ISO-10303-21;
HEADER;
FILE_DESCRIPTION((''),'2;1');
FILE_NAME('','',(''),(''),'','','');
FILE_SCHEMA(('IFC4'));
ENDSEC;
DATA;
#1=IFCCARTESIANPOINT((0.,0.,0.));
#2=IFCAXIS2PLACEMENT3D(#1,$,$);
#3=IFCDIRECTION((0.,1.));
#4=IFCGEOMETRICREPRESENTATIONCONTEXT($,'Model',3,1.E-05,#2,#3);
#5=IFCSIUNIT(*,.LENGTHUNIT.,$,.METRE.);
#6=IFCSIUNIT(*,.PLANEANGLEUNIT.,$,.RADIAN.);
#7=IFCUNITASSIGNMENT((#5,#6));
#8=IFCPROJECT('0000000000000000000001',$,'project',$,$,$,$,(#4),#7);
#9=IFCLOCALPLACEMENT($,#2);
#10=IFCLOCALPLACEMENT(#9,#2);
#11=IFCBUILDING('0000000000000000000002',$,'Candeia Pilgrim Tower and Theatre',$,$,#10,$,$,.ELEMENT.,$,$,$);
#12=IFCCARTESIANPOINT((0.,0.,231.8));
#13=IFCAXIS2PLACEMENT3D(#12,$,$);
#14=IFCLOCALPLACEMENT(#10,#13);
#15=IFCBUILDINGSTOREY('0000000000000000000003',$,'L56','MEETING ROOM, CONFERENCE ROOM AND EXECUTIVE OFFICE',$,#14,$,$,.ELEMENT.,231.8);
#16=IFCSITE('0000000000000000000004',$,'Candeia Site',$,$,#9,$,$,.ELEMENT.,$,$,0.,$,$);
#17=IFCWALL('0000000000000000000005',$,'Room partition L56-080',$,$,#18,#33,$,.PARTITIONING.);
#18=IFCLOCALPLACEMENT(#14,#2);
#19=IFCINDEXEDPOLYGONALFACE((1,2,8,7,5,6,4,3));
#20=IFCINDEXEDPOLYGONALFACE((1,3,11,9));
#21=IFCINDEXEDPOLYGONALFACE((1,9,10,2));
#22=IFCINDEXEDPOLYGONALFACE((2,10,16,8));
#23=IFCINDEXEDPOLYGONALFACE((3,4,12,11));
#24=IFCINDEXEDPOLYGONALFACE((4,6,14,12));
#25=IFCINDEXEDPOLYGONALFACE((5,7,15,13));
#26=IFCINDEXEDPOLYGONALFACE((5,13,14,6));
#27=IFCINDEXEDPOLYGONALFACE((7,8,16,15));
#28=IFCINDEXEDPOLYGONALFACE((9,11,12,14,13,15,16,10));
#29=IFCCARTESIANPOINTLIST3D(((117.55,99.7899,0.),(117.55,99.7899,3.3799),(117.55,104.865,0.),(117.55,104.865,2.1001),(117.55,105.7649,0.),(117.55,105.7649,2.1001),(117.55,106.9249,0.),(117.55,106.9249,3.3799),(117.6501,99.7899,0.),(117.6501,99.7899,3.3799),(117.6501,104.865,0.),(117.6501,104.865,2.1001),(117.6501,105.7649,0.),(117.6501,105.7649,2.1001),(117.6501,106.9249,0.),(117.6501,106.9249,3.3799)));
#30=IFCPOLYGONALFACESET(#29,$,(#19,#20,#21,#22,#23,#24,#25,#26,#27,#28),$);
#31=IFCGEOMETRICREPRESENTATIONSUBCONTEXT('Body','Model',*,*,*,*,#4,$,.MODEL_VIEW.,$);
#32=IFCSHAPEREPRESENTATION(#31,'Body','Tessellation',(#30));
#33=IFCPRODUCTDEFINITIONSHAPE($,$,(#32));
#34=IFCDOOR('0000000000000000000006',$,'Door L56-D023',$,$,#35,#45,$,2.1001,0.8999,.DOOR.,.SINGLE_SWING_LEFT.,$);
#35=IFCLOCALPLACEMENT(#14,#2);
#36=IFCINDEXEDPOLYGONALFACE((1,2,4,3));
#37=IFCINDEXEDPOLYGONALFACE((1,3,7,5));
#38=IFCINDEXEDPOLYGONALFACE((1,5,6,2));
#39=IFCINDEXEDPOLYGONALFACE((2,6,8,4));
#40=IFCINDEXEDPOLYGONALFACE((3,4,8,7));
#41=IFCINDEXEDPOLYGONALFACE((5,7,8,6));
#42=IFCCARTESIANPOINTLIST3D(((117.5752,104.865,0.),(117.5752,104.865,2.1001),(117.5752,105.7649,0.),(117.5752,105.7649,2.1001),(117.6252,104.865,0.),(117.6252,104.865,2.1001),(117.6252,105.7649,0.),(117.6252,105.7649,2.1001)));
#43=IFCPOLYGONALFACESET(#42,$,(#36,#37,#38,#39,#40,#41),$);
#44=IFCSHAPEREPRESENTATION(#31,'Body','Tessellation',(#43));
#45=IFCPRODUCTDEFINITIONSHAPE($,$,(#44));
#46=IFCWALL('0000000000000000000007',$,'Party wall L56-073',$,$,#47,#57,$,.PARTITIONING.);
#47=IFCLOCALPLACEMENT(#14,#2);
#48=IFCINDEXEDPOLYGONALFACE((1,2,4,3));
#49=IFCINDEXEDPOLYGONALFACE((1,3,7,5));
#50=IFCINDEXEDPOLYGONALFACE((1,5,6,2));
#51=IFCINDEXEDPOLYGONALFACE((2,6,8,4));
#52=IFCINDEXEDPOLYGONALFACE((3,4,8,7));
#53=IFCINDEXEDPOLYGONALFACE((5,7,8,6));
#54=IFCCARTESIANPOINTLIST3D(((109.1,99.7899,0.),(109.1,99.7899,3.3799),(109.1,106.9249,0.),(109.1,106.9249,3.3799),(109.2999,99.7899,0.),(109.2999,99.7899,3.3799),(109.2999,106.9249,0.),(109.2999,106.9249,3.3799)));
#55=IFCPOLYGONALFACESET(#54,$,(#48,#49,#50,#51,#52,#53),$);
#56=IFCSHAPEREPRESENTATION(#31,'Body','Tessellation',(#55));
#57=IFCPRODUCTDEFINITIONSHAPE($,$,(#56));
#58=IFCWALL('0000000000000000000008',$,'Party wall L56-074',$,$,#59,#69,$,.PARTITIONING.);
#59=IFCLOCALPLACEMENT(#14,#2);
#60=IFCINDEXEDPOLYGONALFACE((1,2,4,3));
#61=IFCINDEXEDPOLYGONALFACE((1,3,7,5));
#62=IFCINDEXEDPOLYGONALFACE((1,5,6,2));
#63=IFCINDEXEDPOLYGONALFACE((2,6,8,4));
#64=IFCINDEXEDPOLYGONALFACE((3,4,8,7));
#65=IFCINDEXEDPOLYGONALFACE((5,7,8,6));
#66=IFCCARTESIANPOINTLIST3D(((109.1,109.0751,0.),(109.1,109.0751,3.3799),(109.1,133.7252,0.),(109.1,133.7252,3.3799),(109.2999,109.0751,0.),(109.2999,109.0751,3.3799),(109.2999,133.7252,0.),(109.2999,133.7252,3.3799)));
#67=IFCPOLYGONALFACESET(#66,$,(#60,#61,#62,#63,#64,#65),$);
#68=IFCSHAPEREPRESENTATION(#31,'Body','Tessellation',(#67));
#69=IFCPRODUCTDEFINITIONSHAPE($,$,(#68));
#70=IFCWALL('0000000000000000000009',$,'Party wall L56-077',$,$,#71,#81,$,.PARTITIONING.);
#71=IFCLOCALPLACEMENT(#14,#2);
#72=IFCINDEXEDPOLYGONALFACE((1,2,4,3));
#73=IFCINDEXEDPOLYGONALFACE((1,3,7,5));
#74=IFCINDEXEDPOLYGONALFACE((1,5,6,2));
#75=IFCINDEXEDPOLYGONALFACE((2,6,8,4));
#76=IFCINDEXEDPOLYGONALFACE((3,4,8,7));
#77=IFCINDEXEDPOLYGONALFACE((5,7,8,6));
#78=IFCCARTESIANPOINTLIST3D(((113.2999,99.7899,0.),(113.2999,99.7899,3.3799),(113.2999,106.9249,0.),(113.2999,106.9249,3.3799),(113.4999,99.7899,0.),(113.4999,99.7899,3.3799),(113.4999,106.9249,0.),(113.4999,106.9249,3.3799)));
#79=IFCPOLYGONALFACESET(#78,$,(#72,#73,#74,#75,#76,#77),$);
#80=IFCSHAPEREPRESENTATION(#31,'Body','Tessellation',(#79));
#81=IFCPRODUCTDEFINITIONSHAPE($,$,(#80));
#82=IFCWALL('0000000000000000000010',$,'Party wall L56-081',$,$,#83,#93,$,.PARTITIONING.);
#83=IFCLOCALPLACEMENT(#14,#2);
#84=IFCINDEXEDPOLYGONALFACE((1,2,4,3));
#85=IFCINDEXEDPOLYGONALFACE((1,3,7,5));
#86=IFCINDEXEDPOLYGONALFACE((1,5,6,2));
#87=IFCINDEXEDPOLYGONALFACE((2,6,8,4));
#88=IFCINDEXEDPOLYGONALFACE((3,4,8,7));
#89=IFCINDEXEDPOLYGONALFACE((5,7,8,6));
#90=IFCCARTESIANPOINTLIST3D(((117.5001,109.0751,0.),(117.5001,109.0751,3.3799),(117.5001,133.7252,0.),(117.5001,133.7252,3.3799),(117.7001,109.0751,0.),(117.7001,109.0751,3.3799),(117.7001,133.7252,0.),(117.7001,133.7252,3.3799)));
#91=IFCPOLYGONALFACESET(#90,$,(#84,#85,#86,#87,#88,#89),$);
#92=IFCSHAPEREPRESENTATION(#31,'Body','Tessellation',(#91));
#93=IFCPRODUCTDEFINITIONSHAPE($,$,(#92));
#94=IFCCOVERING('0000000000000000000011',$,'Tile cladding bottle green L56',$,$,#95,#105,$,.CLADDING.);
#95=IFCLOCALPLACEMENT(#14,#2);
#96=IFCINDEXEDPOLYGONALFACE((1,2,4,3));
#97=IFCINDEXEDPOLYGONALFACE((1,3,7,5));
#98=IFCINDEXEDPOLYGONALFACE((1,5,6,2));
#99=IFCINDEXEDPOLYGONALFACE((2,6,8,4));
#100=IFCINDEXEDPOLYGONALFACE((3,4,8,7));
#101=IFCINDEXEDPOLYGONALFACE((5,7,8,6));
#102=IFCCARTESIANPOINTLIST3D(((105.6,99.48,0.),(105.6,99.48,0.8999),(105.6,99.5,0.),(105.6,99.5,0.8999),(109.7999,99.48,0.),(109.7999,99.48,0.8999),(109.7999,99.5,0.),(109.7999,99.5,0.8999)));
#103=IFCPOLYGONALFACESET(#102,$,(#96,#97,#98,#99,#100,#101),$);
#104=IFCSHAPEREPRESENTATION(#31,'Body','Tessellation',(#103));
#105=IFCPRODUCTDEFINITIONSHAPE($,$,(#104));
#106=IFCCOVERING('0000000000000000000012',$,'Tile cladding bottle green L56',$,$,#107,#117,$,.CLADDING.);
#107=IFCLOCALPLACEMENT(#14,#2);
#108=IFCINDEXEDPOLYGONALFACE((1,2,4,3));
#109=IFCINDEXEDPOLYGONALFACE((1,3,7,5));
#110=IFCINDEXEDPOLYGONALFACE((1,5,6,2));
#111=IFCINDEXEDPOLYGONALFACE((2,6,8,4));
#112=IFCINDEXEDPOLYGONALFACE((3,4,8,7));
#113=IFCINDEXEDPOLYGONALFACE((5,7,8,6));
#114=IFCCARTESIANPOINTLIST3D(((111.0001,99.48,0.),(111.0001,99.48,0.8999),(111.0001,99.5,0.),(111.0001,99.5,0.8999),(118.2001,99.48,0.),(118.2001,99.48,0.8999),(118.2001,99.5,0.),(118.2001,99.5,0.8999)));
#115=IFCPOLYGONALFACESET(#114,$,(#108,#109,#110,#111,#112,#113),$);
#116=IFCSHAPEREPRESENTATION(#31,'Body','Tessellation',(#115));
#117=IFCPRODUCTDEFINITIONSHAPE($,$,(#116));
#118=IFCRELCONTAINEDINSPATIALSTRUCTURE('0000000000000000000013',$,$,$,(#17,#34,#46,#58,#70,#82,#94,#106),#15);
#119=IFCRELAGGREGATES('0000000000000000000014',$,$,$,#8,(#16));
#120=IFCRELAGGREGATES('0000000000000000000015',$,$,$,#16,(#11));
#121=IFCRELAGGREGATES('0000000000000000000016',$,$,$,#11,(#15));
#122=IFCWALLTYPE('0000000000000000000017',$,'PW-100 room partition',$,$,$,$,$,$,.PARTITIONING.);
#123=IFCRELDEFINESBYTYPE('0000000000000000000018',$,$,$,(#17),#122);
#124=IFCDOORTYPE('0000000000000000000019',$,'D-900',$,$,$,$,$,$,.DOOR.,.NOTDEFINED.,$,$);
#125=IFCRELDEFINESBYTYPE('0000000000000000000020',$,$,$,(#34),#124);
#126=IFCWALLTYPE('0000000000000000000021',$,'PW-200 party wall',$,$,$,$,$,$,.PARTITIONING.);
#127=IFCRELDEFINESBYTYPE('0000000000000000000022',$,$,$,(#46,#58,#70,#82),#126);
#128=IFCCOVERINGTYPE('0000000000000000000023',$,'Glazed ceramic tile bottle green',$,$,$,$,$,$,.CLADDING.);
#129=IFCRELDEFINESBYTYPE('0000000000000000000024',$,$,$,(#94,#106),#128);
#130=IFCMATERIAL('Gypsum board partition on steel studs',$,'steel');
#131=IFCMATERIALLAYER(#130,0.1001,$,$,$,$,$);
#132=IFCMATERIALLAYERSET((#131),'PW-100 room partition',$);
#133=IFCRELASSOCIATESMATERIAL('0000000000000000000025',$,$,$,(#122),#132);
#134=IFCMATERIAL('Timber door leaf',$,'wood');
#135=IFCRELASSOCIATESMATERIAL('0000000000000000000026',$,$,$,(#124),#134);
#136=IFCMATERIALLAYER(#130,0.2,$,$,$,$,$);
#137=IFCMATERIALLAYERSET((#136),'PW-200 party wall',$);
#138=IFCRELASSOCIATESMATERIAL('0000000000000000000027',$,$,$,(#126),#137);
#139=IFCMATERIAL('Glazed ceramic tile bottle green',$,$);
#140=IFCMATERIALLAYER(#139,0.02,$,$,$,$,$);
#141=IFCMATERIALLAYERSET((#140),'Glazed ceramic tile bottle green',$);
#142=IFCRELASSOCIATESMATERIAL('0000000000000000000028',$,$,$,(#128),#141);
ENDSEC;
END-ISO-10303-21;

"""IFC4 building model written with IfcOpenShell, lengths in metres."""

from ifc_helpers import new_model, si_unit, direction, frame, frame_2d, origin, origin_2d, place, context, subcontext, project, spatial, rectangle, extrude, material, layer, layer_set, type_object, element, fill, save


model = new_model("IFC4")

# Units and contexts
model_context = context("Model", 3, precision=1e-05, world=origin(), true_north=direction((0.0, 1.0)))
body_context = subcontext(model_context, "Body", "Model", "MODEL_VIEW")
ifc_project = project(units=[si_unit("LENGTHUNIT", "METRE"), si_unit("PLANEANGLEUNIT", "RADIAN")], contexts=[model_context])

# Site, building, storey
site_placement = place(None, origin())
site = spatial("IfcSite", under=ifc_project, at=site_placement, Name="Candeia Site", CompositionType="ELEMENT", RefElevation=0.0)
building_placement = place(site_placement, origin())
building = spatial("IfcBuilding", under=site, at=building_placement, Name="Candeia Pilgrim Tower and Theatre", CompositionType="ELEMENT")
storey_placement = place(building_placement, frame((0.0, 0.0, 231.8)))
storey = spatial("IfcBuildingStorey", under=building, at=storey_placement, Name="L56", Description="MEETING ROOM, CONFERENCE ROOM AND EXECUTIVE OFFICE", CompositionType="ELEMENT", Elevation=231.8)

# Shared definitions
ifc_material_1 = material(Name="Gypsum board partition on steel studs", Category="steel")
ifc_layer_1 = layer(ifc_material_1, 0.1001)
ifc_layer_set_1 = layer_set([ifc_layer_1], Name="PW-100 room partition")
wall_type_1 = type_object("IfcWallType", Name="PW-100 room partition", PredefinedType="PARTITIONING", material=ifc_layer_set_1)

# Wall, opening, door
ifc_material_2 = material(Name="Timber door leaf", Category="wood")
door_type_1 = type_object("IfcDoorType", Name="D-900", OperationType="NOTDEFINED", PredefinedType="DOOR", material=ifc_material_2)
wall_1_placement = place(storey_placement, frame((117.6001, 99.79, 0.0), z_axis=(0.0, 0.0, 1.0), x_axis=(0.0, 1.0, 0.0)))
wall_1 = element("IfcWall", 1, at=wall_1_placement, inside=storey, type_object=wall_type_1, Name="Room partition L56-080", PredefinedType="PARTITIONING", context=body_context, shape_type="SweptSolid", body=[
    extrude(rectangle(XDim=7.135, YDim=0.1001, at=frame_2d((3.5674, 0.0))), origin(), (0.0, 0.0, 1.0), 3.3799),
])
opening_1_placement = place(wall_1_placement, frame((5.075, 0.0, 0.0)))
opening_1 = element("IfcOpeningElement", 2, at=opening_1_placement, cuts=wall_1, PredefinedType="OPENING", context=body_context, shape_type="SweptSolid", body=[
    extrude(rectangle(XDim=0.8999, YDim=2.1001, at=frame_2d((0.45, 1.05))), frame((0.0, 0.0601, 0.0), z_axis=(0.0, -1.0, 0.0), x_axis=(1.0, 0.0, 0.0)), (0.0, 0.0, 1.0), 0.1201),
])
door_1_placement = place(opening_1_placement, origin())
door_1 = element("IfcDoor", 3, at=door_1_placement, inside=storey, type_object=door_type_1, Name="Door L56-D023", OperationType="SINGLE_SWING_LEFT", OverallHeight=2.1001, OverallWidth=0.8999, PredefinedType="DOOR", context=body_context, shape_type="SweptSolid", body=[
    extrude(rectangle(XDim=0.8999, YDim=2.1001, at=frame_2d((0.45, 1.05))), frame((0.0, 0.0249, 0.0), z_axis=(0.0, -1.0, 0.0), x_axis=(1.0, 0.0, 0.0)), (0.0, 0.0, 1.0), 0.05),
])
fill(opening_1, door_1)

# Walls
ifc_layer_2 = layer(ifc_material_1, 0.2)
ifc_layer_set_2 = layer_set([ifc_layer_2], Name="PW-200 party wall")
wall_type_2 = type_object("IfcWallType", Name="PW-200 party wall", PredefinedType="PARTITIONING", material=ifc_layer_set_2)
wall_2_placement = place(storey_placement, frame((109.2, 99.79, 0.0), z_axis=(0.0, 0.0, 1.0), x_axis=(0.0, 1.0, 0.0)))
element("IfcWall", 4, at=wall_2_placement, inside=storey, type_object=wall_type_2, Name="Party wall L56-073", PredefinedType="PARTITIONING", context=body_context, shape_type="SweptSolid", body=[
    extrude(rectangle(XDim=7.135, YDim=0.2, at=frame_2d((3.5674, 0.0))), origin(), (0.0, 0.0, 1.0), 3.3799),
])
wall_3_placement = place(storey_placement, frame((109.2, 109.075, 0.0), z_axis=(0.0, 0.0, 1.0), x_axis=(0.0, 1.0, 0.0)))
element("IfcWall", 5, at=wall_3_placement, inside=storey, type_object=wall_type_2, Name="Party wall L56-074", PredefinedType="PARTITIONING", context=body_context, shape_type="SweptSolid", body=[
    extrude(rectangle(XDim=24.6501, YDim=0.2, at=frame_2d((12.3252, 0.0))), origin(), (0.0, 0.0, 1.0), 3.3799),
])
wall_4_placement = place(storey_placement, frame((113.3999, 99.79, 0.0), z_axis=(0.0, 0.0, 1.0), x_axis=(0.0, 1.0, 0.0)))
element("IfcWall", 6, at=wall_4_placement, inside=storey, type_object=wall_type_2, Name="Party wall L56-077", PredefinedType="PARTITIONING", context=body_context, shape_type="SweptSolid", body=[
    extrude(rectangle(XDim=7.135, YDim=0.2, at=frame_2d((3.5674, 0.0))), origin(), (0.0, 0.0, 1.0), 3.3799),
])
wall_5_placement = place(storey_placement, frame((117.6001, 109.075, 0.0), z_axis=(0.0, 0.0, 1.0), x_axis=(0.0, 1.0, 0.0)))
element("IfcWall", 7, at=wall_5_placement, inside=storey, type_object=wall_type_2, Name="Party wall L56-081", PredefinedType="PARTITIONING", context=body_context, shape_type="SweptSolid", body=[
    extrude(rectangle(XDim=24.6501, YDim=0.2, at=frame_2d((12.3252, 0.0))), origin(), (0.0, 0.0, 1.0), 3.3799),
])

# Coverings
ifc_material_3 = material(Name="Glazed ceramic tile bottle green")
ifc_layer_3 = layer(ifc_material_3, 0.02)
ifc_layer_set_3 = layer_set([ifc_layer_3], Name="Glazed ceramic tile bottle green")
covering_type = type_object("IfcCoveringType", Name="Glazed ceramic tile bottle green", PredefinedType="CLADDING", material=ifc_layer_set_3)
covering_1_placement = place(storey_placement, frame((107.7, 99.49, 0.0), z_axis=(0.0, 0.0, 1.0), x_axis=(1.0, 0.0, 0.0)))
element("IfcCovering", 8, at=covering_1_placement, inside=storey, type_object=covering_type, Name="Tile cladding bottle green L56", PredefinedType="CLADDING", context=body_context, shape_type="SweptSolid", body=[
    extrude(rectangle(XDim=4.2, YDim=0.02, at=origin_2d()), origin(), (0.0, 0.0, 1.0), 0.8999),
])
covering_2_placement = place(storey_placement, frame((114.6001, 99.49, 0.0), z_axis=(0.0, 0.0, 1.0), x_axis=(1.0, 0.0, 0.0)))
element("IfcCovering", 9, at=covering_2_placement, inside=storey, type_object=covering_type, Name="Tile cladding bottle green L56", PredefinedType="CLADDING", context=body_context, shape_type="SweptSolid", body=[
    extrude(rectangle(XDim=7.2, YDim=0.02, at=origin_2d()), origin(), (0.0, 0.0, 1.0), 0.8999),
])

save(model, "model.ifc")
